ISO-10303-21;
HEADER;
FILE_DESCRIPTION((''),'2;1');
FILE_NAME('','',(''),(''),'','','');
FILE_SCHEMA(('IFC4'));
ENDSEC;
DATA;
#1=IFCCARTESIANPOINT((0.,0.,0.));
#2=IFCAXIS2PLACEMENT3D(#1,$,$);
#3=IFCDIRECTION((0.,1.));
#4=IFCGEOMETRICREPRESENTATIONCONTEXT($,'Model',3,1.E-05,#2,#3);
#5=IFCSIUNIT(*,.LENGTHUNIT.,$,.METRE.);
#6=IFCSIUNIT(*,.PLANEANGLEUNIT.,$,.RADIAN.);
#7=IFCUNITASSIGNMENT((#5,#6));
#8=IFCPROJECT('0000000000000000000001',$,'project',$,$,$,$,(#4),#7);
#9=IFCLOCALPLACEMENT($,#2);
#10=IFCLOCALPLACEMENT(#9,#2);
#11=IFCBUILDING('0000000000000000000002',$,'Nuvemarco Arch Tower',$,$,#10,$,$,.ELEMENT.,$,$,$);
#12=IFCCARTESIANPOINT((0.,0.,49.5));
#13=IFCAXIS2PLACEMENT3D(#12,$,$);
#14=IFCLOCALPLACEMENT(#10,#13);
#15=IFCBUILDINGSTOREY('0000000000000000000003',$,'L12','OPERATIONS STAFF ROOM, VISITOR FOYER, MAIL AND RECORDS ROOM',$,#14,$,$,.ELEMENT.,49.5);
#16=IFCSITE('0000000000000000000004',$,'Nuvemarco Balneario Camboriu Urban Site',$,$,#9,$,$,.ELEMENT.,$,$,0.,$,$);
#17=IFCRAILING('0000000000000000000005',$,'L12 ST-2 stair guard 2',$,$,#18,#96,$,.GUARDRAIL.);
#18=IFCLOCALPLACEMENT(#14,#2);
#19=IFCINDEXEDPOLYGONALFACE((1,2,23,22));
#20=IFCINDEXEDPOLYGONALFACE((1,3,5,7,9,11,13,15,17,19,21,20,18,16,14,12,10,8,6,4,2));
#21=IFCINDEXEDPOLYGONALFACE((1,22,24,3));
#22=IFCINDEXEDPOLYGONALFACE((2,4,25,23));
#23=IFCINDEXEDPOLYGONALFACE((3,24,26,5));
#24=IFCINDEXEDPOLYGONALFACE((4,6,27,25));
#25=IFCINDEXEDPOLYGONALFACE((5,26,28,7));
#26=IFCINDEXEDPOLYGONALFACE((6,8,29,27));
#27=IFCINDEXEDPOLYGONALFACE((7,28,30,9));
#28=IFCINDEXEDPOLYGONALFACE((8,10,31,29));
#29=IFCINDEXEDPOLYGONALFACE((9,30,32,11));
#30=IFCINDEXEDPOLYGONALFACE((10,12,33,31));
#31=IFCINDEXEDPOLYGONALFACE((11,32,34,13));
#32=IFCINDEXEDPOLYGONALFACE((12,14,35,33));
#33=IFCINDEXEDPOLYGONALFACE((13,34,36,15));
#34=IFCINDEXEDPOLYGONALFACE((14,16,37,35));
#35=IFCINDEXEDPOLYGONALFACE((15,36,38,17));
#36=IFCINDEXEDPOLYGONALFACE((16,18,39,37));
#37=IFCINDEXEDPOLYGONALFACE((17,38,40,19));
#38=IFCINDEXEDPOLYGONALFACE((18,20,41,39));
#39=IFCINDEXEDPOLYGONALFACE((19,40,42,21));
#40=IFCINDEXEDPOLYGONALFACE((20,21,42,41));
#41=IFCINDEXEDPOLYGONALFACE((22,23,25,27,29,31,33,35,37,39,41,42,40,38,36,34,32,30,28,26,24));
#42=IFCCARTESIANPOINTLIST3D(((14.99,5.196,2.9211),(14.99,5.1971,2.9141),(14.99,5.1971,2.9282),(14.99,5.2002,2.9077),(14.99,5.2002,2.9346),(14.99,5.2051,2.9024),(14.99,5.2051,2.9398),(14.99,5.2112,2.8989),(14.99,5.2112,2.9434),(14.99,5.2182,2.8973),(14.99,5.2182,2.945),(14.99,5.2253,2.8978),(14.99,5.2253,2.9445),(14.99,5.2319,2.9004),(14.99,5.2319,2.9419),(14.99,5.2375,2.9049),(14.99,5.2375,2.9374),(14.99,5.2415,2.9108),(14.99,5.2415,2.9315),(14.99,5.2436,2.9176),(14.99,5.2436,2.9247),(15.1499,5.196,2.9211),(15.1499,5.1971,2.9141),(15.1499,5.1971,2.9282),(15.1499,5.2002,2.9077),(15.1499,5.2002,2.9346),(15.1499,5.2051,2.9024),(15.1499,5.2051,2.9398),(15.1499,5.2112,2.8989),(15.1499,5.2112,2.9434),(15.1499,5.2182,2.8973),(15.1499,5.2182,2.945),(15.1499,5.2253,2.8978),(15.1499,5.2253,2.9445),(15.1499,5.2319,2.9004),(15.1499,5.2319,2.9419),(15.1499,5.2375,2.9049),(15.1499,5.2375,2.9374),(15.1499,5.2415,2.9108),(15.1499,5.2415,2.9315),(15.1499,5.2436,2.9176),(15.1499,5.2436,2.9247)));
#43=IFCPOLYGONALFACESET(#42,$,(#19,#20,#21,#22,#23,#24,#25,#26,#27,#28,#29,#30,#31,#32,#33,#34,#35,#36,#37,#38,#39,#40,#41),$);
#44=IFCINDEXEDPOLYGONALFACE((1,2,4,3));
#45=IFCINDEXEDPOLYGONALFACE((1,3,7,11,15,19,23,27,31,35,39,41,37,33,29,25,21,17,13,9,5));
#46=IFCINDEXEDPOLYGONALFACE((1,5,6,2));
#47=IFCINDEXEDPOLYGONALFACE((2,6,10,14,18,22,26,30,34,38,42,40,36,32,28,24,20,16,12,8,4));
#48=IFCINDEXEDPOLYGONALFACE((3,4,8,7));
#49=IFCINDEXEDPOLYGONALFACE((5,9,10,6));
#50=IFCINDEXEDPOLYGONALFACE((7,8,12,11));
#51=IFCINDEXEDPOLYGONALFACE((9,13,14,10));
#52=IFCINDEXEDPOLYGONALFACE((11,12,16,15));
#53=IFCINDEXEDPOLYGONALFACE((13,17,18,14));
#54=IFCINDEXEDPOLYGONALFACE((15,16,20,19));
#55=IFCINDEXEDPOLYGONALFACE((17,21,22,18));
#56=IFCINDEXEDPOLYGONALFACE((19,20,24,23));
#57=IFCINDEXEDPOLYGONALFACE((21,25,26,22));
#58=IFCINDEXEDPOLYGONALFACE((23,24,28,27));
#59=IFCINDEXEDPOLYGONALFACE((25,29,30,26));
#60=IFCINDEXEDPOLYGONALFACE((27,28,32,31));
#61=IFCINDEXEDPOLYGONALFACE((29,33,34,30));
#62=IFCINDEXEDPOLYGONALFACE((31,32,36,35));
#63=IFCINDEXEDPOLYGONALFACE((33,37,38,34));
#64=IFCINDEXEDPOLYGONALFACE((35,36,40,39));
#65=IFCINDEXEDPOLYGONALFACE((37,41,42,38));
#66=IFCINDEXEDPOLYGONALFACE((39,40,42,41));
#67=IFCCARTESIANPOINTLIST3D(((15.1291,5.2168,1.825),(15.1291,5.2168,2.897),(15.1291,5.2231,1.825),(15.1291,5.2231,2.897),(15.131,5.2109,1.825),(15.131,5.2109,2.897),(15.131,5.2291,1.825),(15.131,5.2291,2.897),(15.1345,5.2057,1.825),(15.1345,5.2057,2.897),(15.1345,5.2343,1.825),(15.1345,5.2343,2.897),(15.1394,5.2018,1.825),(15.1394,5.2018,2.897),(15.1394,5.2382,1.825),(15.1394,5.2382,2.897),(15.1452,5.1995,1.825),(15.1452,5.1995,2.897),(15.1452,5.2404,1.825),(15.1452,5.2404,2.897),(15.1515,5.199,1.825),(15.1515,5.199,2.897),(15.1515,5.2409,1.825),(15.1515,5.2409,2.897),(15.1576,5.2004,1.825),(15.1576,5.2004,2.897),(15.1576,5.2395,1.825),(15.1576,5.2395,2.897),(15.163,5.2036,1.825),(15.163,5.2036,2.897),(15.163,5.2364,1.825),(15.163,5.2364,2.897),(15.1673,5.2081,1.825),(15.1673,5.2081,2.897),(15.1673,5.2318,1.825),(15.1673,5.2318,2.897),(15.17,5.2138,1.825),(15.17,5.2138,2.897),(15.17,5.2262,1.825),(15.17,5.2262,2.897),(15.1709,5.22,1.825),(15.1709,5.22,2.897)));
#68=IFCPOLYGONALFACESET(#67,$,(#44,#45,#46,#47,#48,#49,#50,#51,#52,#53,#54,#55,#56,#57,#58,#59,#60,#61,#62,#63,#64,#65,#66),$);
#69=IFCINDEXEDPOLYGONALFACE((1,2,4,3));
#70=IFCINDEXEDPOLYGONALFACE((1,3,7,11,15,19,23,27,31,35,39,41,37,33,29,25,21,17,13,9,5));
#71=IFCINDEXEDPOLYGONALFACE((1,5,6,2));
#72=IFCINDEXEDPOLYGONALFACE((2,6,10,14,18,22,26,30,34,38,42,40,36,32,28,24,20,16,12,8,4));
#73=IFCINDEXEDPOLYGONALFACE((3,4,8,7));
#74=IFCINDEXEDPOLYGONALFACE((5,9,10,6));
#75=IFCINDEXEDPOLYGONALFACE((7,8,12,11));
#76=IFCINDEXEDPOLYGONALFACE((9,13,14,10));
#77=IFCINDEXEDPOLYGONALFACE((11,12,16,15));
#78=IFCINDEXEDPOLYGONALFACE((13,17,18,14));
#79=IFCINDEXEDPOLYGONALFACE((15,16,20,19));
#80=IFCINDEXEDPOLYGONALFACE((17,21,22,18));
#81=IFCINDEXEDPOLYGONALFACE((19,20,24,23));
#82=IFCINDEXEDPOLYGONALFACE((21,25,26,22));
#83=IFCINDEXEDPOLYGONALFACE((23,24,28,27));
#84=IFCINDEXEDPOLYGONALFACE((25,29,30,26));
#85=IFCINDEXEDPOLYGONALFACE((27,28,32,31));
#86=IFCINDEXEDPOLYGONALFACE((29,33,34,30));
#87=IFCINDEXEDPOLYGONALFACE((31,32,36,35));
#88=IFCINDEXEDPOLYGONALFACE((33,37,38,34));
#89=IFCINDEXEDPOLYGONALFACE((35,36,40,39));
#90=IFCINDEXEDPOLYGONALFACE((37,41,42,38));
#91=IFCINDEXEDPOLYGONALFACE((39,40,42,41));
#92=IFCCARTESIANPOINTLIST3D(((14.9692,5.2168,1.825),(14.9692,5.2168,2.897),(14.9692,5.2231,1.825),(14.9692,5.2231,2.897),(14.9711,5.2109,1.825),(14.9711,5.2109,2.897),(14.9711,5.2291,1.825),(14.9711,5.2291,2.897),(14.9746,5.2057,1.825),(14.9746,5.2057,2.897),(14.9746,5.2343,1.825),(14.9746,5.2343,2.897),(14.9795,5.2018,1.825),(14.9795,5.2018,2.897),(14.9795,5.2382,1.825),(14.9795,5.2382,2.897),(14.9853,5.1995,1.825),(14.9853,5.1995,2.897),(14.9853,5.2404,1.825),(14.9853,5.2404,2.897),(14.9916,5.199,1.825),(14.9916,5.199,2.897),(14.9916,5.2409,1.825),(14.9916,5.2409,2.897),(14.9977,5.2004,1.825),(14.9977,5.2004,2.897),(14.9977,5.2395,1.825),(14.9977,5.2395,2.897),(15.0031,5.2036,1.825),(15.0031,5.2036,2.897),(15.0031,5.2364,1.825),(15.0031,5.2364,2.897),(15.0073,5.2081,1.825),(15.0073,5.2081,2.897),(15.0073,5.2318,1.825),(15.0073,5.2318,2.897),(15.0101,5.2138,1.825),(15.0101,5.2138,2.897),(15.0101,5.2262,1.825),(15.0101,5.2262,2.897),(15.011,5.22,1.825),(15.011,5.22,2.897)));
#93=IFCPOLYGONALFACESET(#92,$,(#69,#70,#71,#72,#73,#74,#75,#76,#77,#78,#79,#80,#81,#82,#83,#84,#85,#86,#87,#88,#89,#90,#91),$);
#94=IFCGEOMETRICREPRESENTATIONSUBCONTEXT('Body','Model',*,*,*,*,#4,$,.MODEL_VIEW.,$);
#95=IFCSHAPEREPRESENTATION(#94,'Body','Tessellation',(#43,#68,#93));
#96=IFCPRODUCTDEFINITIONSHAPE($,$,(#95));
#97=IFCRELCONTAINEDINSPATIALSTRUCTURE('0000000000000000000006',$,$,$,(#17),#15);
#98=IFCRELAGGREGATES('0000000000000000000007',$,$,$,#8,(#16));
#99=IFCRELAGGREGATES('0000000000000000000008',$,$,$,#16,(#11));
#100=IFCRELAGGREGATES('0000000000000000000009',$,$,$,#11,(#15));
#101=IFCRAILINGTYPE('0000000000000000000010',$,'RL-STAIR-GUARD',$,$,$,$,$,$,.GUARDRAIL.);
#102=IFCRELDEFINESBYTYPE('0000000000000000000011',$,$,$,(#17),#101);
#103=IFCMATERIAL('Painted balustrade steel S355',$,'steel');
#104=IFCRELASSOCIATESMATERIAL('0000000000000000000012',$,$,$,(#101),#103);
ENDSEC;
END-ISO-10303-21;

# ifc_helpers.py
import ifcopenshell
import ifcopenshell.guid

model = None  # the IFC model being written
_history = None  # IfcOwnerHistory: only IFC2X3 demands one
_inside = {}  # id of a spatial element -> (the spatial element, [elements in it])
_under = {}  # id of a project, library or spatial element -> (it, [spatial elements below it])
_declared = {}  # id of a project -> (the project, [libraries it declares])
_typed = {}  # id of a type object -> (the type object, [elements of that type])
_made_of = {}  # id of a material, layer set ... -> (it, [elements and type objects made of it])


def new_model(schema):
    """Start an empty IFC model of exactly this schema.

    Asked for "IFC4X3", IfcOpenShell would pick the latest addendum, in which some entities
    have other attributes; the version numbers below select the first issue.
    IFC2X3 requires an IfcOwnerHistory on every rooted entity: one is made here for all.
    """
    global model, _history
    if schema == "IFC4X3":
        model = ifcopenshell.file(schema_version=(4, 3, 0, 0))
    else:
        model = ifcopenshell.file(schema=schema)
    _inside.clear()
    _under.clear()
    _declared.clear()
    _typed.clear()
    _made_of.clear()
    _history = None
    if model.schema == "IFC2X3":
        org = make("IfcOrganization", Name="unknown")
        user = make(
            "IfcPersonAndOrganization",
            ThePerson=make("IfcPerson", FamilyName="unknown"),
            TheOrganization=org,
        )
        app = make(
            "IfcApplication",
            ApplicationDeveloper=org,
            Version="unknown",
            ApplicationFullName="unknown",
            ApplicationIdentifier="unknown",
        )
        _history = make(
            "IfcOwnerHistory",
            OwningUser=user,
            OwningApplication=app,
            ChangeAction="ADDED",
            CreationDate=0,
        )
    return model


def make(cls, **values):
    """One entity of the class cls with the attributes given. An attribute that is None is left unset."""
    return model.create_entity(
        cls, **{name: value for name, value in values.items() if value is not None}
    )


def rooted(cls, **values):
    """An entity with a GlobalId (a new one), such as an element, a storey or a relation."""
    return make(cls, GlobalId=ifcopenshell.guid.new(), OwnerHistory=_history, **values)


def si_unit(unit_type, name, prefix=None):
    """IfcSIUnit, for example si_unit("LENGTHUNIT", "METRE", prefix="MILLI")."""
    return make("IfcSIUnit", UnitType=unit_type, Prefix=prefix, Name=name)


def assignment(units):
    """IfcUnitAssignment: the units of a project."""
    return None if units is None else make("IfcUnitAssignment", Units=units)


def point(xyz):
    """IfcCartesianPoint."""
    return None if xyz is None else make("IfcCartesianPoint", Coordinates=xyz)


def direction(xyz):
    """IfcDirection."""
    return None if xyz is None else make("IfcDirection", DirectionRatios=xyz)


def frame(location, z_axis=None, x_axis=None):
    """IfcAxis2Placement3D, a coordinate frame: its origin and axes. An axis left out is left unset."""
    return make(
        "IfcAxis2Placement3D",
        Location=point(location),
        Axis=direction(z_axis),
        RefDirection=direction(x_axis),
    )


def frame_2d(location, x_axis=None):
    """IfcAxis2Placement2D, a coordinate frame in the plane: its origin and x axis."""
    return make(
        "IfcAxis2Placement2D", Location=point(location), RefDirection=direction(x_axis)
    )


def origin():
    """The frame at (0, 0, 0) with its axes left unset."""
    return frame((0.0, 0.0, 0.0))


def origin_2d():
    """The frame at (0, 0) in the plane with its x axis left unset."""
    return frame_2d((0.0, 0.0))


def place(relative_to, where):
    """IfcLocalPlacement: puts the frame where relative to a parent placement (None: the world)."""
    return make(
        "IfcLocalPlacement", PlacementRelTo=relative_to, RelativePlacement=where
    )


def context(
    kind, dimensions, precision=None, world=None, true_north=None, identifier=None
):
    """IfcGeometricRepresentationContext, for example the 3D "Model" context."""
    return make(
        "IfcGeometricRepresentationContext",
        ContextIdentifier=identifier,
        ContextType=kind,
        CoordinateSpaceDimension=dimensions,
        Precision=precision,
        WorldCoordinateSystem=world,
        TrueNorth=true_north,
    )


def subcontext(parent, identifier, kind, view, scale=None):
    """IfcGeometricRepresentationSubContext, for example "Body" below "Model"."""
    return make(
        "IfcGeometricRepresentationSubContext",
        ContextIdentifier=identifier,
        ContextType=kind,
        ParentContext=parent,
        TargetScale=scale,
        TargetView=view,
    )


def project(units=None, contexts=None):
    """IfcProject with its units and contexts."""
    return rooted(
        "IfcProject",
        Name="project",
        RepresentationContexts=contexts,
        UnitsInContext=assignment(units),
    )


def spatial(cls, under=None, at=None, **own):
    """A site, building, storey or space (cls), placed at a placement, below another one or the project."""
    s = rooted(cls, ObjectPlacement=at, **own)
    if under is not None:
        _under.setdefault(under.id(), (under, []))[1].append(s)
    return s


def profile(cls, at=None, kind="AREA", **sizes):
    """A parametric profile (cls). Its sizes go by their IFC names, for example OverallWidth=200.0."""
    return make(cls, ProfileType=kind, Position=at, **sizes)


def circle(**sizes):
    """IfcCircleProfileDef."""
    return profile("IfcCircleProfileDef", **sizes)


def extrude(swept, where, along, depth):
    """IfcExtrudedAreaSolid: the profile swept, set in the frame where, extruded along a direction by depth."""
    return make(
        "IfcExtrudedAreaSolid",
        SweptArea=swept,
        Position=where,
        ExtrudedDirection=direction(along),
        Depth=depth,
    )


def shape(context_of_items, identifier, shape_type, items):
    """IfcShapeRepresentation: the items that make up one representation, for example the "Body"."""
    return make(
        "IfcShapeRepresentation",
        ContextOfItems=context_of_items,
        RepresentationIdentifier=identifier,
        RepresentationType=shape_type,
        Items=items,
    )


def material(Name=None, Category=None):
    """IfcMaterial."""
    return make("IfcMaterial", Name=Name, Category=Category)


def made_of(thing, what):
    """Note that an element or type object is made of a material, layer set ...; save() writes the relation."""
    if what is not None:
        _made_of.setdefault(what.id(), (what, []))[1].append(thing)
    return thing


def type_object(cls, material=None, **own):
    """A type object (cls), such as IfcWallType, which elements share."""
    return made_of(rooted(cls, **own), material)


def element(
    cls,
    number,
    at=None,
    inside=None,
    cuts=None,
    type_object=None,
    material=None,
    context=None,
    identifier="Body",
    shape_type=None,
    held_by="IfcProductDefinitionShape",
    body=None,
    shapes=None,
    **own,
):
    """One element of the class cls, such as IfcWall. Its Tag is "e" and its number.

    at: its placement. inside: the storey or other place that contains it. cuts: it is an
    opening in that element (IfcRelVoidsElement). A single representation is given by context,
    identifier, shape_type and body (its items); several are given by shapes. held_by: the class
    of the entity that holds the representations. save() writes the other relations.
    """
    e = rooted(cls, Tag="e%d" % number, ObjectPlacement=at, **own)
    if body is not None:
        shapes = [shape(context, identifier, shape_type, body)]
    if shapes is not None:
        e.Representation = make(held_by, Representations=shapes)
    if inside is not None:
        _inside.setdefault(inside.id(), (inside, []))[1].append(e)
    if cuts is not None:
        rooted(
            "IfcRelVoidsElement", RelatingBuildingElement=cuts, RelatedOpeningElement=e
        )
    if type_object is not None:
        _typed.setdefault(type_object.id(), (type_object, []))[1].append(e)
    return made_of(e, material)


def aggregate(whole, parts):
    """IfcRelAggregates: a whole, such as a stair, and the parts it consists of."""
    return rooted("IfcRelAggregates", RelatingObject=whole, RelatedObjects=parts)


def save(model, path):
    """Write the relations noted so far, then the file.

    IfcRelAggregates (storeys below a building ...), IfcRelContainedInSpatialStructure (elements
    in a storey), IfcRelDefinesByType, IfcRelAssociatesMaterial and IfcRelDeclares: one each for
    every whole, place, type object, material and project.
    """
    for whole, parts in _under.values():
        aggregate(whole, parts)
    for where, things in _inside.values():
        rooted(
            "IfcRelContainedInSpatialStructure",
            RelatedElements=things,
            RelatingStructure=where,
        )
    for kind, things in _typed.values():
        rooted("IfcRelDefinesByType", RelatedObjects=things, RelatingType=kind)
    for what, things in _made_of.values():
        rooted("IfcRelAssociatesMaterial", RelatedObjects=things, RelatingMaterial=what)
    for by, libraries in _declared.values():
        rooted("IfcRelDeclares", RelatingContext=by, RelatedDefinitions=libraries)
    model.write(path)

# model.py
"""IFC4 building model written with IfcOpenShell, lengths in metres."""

from ifc_helpers import new_model, si_unit, direction, frame, origin, origin_2d, place, context, subcontext, project, spatial, circle, extrude, material, type_object, element, save


model = new_model("IFC4")

# Units and contexts
model_context = context("Model", 3, precision=1e-05, world=origin(), true_north=direction((0.0, 1.0)))
body_context = subcontext(model_context, "Body", "Model", "MODEL_VIEW")
ifc_project = project(units=[si_unit("LENGTHUNIT", "METRE"), si_unit("PLANEANGLEUNIT", "RADIAN")], contexts=[model_context])

# Site, building, storey
site_placement = place(None, origin())
site = spatial("IfcSite", under=ifc_project, at=site_placement, Name="Nuvemarco Balneario Camboriu Urban Site", CompositionType="ELEMENT", RefElevation=0.0)
building_placement = place(site_placement, origin())
building = spatial("IfcBuilding", under=site, at=building_placement, Name="Nuvemarco Arch Tower", CompositionType="ELEMENT")
storey_placement = place(building_placement, frame((0.0, 0.0, 49.5)))
storey = spatial("IfcBuildingStorey", under=building, at=storey_placement, Name="L12", Description="OPERATIONS STAFF ROOM, VISITOR FOYER, MAIL AND RECORDS ROOM", CompositionType="ELEMENT", Elevation=49.5)

# Railing
ifc_material_1 = material(Name="Painted balustrade steel S355", Category="steel")
railing_type_1 = type_object("IfcRailingType", Name="RL-STAIR-GUARD", PredefinedType="GUARDRAIL", material=ifc_material_1)
railing_1_placement = place(storey_placement, frame((15.1499, 5.22, 1.825)))
element("IfcRailing", 1, at=railing_1_placement, inside=storey, type_object=railing_type_1, Name="L12 ST-2 stair guard 2", PredefinedType="GUARDRAIL", context=body_context, shape_type="SweptSolid", body=[
    extrude(circle(Radius=0.0239, at=origin_2d()), frame((0.0, 0.0, 1.0962), z_axis=(-1.0, 0.0, 0.0), x_axis=(0.0, -1.0, 0.0)), (0.0, 0.0, 1.0), 0.1599),
    extrude(circle(Radius=0.021, at=origin_2d()), origin(), (0.0, 0.0, 1.0), 1.072),
    extrude(circle(Radius=0.021, at=origin_2d()), frame((-0.1599, 0.0, 0.0)), (0.0, 0.0, 1.0), 1.072),
])

save(model, "model.ifc")
